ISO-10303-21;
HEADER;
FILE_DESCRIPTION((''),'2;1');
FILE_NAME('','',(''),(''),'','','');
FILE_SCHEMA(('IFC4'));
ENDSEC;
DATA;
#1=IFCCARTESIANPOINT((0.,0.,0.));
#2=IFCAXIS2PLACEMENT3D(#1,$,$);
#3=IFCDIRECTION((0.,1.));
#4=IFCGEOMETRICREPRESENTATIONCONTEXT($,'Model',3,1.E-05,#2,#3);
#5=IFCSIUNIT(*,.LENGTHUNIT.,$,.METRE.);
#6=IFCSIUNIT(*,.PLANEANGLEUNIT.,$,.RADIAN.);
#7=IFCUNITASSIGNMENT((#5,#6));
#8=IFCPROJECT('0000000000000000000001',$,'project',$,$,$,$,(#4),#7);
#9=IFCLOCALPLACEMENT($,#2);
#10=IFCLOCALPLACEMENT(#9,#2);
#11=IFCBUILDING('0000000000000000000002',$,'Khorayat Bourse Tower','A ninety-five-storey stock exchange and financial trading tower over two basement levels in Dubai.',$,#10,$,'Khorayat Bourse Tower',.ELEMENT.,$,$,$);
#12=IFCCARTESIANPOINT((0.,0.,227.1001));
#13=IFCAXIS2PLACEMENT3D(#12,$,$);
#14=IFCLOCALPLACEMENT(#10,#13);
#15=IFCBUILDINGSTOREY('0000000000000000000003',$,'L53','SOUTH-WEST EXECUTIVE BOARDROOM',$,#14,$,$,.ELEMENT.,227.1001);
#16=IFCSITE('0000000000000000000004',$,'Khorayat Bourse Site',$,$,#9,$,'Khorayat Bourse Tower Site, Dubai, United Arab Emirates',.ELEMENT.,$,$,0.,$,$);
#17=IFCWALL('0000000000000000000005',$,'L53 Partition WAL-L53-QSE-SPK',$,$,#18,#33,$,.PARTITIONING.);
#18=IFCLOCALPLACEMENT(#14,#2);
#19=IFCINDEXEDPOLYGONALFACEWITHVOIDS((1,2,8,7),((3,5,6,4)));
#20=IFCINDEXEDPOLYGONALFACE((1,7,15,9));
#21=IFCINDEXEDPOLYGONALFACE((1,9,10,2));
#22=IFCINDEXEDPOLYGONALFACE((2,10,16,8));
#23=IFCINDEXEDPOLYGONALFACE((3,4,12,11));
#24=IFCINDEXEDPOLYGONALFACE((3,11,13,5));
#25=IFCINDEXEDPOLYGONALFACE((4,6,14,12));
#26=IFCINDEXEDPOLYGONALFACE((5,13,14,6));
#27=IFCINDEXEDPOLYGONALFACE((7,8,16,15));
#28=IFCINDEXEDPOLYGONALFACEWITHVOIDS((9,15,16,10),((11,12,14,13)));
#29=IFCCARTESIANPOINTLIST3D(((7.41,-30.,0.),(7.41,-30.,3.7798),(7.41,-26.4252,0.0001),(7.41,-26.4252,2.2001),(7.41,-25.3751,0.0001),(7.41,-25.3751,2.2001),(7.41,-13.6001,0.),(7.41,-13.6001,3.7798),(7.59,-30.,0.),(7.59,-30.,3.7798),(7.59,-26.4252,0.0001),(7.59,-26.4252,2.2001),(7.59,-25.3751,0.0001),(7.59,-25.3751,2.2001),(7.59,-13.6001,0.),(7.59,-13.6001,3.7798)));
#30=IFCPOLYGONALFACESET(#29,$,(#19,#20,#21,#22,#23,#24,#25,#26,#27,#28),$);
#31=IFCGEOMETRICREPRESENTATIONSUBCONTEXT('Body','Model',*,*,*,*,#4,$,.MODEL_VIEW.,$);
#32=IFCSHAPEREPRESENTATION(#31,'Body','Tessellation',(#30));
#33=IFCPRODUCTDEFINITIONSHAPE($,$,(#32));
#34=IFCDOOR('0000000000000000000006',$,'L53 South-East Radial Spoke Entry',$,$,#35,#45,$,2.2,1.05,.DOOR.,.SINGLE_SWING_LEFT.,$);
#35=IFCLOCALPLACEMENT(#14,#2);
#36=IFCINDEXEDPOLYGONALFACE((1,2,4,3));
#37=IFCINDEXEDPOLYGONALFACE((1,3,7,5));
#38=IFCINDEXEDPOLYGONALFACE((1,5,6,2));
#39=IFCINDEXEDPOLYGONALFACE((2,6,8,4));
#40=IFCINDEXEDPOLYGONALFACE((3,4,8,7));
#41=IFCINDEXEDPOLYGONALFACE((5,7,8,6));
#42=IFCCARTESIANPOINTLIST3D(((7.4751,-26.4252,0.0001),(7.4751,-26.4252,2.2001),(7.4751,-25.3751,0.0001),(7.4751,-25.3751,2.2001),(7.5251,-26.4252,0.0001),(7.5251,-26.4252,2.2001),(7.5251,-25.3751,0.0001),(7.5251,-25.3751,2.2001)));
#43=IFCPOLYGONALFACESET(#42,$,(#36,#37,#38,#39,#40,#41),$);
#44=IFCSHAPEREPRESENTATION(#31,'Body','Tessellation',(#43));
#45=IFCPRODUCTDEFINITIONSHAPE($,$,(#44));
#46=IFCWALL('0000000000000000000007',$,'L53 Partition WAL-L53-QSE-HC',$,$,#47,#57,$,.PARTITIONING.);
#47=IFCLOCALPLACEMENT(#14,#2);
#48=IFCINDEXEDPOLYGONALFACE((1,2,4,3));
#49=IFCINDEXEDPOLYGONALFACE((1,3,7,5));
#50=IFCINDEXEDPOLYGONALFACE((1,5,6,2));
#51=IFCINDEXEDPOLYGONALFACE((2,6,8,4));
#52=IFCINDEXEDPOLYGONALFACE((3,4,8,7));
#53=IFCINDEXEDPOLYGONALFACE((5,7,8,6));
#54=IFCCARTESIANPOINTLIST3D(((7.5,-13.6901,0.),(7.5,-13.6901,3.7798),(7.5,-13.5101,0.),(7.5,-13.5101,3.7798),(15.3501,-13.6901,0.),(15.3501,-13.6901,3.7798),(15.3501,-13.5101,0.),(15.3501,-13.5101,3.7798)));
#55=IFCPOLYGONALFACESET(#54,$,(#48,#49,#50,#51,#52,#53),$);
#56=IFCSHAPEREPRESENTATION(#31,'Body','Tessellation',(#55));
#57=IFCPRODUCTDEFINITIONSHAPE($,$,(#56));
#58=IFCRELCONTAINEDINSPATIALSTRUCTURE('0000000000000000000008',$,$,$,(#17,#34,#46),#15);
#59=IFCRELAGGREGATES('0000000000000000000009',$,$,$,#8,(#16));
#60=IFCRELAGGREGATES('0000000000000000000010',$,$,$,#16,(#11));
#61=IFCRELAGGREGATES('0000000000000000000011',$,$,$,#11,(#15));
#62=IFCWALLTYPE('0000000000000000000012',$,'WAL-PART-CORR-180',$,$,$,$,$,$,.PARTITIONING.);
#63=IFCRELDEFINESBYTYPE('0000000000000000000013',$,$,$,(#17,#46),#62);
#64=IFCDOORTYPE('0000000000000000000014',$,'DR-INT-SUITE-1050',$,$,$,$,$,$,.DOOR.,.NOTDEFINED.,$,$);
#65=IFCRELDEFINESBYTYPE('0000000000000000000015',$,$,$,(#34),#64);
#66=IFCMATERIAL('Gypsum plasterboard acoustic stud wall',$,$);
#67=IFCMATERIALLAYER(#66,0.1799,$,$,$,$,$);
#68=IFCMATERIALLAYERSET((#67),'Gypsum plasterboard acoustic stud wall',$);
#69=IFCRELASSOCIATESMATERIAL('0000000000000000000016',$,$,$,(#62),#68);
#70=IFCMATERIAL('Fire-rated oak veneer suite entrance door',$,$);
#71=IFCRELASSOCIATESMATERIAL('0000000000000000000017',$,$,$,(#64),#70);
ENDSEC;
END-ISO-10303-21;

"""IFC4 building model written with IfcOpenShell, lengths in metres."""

from ifc_helpers import new_model, si_unit, direction, frame, frame_2d, origin, place, context, subcontext, project, spatial, rectangle, extrude, source, transform, mapped, material, layer, layer_set, type_object, element, fill, save


model = new_model("IFC4")

# Units and contexts
model_context = context("Model", 3, precision=1e-05, world=origin(), true_north=direction((0.0, 1.0)))
body_context = subcontext(model_context, "Body", "Model", "MODEL_VIEW")
ifc_project = project(units=[si_unit("LENGTHUNIT", "METRE"), si_unit("PLANEANGLEUNIT", "RADIAN")], contexts=[model_context])

# Site, building, storey
site_placement = place(None, origin())
site = spatial("IfcSite", under=ifc_project, at=site_placement, Name="Khorayat Bourse Site", LongName="Khorayat Bourse Tower Site, Dubai, United Arab Emirates", CompositionType="ELEMENT", RefElevation=0.0)
building_placement = place(site_placement, origin())
building = spatial("IfcBuilding", under=site, at=building_placement, Name="Khorayat Bourse Tower", Description="A ninety-five-storey stock exchange and financial trading tower over two basement levels in Dubai.", LongName="Khorayat Bourse Tower", CompositionType="ELEMENT")
storey_placement = place(building_placement, frame((0.0, 0.0, 227.1001)))
storey = spatial("IfcBuildingStorey", under=building, at=storey_placement, Name="L53", Description="SOUTH-WEST EXECUTIVE BOARDROOM", CompositionType="ELEMENT", Elevation=227.1001)

# Shared definitions
ifc_material_1 = material(Name="Gypsum plasterboard acoustic stud wall")
ifc_layer_1 = layer(ifc_material_1, 0.1799)
ifc_layer_set_1 = layer_set([ifc_layer_1], Name="Gypsum plasterboard acoustic stud wall")
wall_type_1 = type_object("IfcWallType", Name="WAL-PART-CORR-180", PredefinedType="PARTITIONING", material=ifc_layer_set_1)

# Wall, opening, door
shared_shape_1 = source(origin(), body_context, "Body", "SweptSolid", [
    extrude(rectangle(XDim=16.3999, YDim=0.1799, at=frame_2d((8.2, 0.0))), origin(), (0.0, 0.0, 1.0), 3.7798),
])
shared_shape_2 = source(origin(), body_context, "Body", "SweptSolid", [
    extrude(rectangle(XDim=1.05, YDim=2.2, at=frame_2d((0.5249, 1.1001))), frame((0.0, 0.0999, 0.0), z_axis=(0.0, -1.0, 0.0), x_axis=(1.0, 0.0, 0.0)), (0.0, 0.0, 1.0), 0.2),
])
ifc_material_2 = material(Name="Fire-rated oak veneer suite entrance door")
door_type_1 = type_object("IfcDoorType", Name="DR-INT-SUITE-1050", OperationType="NOTDEFINED", PredefinedType="DOOR", material=ifc_material_2)
shared_shape_3 = source(origin(), body_context, "Body", "SweptSolid", [
    extrude(rectangle(XDim=1.05, YDim=2.2, at=frame_2d((0.5249, 1.1001))), frame((0.0, 0.0249, 0.0), z_axis=(0.0, -1.0, 0.0), x_axis=(1.0, 0.0, 0.0)), (0.0, 0.0, 1.0), 0.05),
])
wall_1_placement = place(storey_placement, frame((7.5, -30.0, 0.0), z_axis=(0.0, 0.0, 1.0), x_axis=(0.0, 1.0, 0.0)))
wall_1 = element("IfcWall", 1, at=wall_1_placement, inside=storey, type_object=wall_type_1, Name="L53 Partition WAL-L53-QSE-SPK", PredefinedType="PARTITIONING", context=body_context, shape_type="MappedRepresentation", body=[
    mapped(shared_shape_1, transform((0.0, 0.0, 0.0), scale=1.0)),
])
opening_1_placement = place(wall_1_placement, frame((3.575, 0.0, 0.0)))
opening_1 = element("IfcOpeningElement", 2, at=opening_1_placement, cuts=wall_1, PredefinedType="OPENING", context=body_context, shape_type="MappedRepresentation", body=[
    mapped(shared_shape_2, transform((0.0, 0.0, 0.0), scale=1.0)),
])
door_1_placement = place(opening_1_placement, origin())
door_1 = element("IfcDoor", 3, at=door_1_placement, inside=storey, type_object=door_type_1, Name="L53 South-East Radial Spoke Entry", OperationType="SINGLE_SWING_LEFT", OverallHeight=2.2, OverallWidth=1.05, PredefinedType="DOOR", context=body_context, shape_type="MappedRepresentation", body=[
    mapped(shared_shape_3, transform((0.0, 0.0, 0.0), scale=1.0)),
])
fill(opening_1, door_1)

# Wall
shared_shape_4 = source(origin(), body_context, "Body", "SweptSolid", [
    extrude(rectangle(XDim=7.8501, YDim=0.1799, at=frame_2d((3.925, 0.0))), origin(), (0.0, 0.0, 1.0), 3.7798),
])
wall_2_placement = place(storey_placement, frame((7.5, -13.6001, 0.0), z_axis=(0.0, 0.0, 1.0), x_axis=(1.0, 0.0, 0.0)))
element("IfcWall", 4, at=wall_2_placement, inside=storey, type_object=wall_type_1, Name="L53 Partition WAL-L53-QSE-HC", PredefinedType="PARTITIONING", context=body_context, shape_type="MappedRepresentation", body=[
    mapped(shared_shape_4, transform((0.0, 0.0, 0.0), scale=1.0)),
])

save(model, "model.ifc")
